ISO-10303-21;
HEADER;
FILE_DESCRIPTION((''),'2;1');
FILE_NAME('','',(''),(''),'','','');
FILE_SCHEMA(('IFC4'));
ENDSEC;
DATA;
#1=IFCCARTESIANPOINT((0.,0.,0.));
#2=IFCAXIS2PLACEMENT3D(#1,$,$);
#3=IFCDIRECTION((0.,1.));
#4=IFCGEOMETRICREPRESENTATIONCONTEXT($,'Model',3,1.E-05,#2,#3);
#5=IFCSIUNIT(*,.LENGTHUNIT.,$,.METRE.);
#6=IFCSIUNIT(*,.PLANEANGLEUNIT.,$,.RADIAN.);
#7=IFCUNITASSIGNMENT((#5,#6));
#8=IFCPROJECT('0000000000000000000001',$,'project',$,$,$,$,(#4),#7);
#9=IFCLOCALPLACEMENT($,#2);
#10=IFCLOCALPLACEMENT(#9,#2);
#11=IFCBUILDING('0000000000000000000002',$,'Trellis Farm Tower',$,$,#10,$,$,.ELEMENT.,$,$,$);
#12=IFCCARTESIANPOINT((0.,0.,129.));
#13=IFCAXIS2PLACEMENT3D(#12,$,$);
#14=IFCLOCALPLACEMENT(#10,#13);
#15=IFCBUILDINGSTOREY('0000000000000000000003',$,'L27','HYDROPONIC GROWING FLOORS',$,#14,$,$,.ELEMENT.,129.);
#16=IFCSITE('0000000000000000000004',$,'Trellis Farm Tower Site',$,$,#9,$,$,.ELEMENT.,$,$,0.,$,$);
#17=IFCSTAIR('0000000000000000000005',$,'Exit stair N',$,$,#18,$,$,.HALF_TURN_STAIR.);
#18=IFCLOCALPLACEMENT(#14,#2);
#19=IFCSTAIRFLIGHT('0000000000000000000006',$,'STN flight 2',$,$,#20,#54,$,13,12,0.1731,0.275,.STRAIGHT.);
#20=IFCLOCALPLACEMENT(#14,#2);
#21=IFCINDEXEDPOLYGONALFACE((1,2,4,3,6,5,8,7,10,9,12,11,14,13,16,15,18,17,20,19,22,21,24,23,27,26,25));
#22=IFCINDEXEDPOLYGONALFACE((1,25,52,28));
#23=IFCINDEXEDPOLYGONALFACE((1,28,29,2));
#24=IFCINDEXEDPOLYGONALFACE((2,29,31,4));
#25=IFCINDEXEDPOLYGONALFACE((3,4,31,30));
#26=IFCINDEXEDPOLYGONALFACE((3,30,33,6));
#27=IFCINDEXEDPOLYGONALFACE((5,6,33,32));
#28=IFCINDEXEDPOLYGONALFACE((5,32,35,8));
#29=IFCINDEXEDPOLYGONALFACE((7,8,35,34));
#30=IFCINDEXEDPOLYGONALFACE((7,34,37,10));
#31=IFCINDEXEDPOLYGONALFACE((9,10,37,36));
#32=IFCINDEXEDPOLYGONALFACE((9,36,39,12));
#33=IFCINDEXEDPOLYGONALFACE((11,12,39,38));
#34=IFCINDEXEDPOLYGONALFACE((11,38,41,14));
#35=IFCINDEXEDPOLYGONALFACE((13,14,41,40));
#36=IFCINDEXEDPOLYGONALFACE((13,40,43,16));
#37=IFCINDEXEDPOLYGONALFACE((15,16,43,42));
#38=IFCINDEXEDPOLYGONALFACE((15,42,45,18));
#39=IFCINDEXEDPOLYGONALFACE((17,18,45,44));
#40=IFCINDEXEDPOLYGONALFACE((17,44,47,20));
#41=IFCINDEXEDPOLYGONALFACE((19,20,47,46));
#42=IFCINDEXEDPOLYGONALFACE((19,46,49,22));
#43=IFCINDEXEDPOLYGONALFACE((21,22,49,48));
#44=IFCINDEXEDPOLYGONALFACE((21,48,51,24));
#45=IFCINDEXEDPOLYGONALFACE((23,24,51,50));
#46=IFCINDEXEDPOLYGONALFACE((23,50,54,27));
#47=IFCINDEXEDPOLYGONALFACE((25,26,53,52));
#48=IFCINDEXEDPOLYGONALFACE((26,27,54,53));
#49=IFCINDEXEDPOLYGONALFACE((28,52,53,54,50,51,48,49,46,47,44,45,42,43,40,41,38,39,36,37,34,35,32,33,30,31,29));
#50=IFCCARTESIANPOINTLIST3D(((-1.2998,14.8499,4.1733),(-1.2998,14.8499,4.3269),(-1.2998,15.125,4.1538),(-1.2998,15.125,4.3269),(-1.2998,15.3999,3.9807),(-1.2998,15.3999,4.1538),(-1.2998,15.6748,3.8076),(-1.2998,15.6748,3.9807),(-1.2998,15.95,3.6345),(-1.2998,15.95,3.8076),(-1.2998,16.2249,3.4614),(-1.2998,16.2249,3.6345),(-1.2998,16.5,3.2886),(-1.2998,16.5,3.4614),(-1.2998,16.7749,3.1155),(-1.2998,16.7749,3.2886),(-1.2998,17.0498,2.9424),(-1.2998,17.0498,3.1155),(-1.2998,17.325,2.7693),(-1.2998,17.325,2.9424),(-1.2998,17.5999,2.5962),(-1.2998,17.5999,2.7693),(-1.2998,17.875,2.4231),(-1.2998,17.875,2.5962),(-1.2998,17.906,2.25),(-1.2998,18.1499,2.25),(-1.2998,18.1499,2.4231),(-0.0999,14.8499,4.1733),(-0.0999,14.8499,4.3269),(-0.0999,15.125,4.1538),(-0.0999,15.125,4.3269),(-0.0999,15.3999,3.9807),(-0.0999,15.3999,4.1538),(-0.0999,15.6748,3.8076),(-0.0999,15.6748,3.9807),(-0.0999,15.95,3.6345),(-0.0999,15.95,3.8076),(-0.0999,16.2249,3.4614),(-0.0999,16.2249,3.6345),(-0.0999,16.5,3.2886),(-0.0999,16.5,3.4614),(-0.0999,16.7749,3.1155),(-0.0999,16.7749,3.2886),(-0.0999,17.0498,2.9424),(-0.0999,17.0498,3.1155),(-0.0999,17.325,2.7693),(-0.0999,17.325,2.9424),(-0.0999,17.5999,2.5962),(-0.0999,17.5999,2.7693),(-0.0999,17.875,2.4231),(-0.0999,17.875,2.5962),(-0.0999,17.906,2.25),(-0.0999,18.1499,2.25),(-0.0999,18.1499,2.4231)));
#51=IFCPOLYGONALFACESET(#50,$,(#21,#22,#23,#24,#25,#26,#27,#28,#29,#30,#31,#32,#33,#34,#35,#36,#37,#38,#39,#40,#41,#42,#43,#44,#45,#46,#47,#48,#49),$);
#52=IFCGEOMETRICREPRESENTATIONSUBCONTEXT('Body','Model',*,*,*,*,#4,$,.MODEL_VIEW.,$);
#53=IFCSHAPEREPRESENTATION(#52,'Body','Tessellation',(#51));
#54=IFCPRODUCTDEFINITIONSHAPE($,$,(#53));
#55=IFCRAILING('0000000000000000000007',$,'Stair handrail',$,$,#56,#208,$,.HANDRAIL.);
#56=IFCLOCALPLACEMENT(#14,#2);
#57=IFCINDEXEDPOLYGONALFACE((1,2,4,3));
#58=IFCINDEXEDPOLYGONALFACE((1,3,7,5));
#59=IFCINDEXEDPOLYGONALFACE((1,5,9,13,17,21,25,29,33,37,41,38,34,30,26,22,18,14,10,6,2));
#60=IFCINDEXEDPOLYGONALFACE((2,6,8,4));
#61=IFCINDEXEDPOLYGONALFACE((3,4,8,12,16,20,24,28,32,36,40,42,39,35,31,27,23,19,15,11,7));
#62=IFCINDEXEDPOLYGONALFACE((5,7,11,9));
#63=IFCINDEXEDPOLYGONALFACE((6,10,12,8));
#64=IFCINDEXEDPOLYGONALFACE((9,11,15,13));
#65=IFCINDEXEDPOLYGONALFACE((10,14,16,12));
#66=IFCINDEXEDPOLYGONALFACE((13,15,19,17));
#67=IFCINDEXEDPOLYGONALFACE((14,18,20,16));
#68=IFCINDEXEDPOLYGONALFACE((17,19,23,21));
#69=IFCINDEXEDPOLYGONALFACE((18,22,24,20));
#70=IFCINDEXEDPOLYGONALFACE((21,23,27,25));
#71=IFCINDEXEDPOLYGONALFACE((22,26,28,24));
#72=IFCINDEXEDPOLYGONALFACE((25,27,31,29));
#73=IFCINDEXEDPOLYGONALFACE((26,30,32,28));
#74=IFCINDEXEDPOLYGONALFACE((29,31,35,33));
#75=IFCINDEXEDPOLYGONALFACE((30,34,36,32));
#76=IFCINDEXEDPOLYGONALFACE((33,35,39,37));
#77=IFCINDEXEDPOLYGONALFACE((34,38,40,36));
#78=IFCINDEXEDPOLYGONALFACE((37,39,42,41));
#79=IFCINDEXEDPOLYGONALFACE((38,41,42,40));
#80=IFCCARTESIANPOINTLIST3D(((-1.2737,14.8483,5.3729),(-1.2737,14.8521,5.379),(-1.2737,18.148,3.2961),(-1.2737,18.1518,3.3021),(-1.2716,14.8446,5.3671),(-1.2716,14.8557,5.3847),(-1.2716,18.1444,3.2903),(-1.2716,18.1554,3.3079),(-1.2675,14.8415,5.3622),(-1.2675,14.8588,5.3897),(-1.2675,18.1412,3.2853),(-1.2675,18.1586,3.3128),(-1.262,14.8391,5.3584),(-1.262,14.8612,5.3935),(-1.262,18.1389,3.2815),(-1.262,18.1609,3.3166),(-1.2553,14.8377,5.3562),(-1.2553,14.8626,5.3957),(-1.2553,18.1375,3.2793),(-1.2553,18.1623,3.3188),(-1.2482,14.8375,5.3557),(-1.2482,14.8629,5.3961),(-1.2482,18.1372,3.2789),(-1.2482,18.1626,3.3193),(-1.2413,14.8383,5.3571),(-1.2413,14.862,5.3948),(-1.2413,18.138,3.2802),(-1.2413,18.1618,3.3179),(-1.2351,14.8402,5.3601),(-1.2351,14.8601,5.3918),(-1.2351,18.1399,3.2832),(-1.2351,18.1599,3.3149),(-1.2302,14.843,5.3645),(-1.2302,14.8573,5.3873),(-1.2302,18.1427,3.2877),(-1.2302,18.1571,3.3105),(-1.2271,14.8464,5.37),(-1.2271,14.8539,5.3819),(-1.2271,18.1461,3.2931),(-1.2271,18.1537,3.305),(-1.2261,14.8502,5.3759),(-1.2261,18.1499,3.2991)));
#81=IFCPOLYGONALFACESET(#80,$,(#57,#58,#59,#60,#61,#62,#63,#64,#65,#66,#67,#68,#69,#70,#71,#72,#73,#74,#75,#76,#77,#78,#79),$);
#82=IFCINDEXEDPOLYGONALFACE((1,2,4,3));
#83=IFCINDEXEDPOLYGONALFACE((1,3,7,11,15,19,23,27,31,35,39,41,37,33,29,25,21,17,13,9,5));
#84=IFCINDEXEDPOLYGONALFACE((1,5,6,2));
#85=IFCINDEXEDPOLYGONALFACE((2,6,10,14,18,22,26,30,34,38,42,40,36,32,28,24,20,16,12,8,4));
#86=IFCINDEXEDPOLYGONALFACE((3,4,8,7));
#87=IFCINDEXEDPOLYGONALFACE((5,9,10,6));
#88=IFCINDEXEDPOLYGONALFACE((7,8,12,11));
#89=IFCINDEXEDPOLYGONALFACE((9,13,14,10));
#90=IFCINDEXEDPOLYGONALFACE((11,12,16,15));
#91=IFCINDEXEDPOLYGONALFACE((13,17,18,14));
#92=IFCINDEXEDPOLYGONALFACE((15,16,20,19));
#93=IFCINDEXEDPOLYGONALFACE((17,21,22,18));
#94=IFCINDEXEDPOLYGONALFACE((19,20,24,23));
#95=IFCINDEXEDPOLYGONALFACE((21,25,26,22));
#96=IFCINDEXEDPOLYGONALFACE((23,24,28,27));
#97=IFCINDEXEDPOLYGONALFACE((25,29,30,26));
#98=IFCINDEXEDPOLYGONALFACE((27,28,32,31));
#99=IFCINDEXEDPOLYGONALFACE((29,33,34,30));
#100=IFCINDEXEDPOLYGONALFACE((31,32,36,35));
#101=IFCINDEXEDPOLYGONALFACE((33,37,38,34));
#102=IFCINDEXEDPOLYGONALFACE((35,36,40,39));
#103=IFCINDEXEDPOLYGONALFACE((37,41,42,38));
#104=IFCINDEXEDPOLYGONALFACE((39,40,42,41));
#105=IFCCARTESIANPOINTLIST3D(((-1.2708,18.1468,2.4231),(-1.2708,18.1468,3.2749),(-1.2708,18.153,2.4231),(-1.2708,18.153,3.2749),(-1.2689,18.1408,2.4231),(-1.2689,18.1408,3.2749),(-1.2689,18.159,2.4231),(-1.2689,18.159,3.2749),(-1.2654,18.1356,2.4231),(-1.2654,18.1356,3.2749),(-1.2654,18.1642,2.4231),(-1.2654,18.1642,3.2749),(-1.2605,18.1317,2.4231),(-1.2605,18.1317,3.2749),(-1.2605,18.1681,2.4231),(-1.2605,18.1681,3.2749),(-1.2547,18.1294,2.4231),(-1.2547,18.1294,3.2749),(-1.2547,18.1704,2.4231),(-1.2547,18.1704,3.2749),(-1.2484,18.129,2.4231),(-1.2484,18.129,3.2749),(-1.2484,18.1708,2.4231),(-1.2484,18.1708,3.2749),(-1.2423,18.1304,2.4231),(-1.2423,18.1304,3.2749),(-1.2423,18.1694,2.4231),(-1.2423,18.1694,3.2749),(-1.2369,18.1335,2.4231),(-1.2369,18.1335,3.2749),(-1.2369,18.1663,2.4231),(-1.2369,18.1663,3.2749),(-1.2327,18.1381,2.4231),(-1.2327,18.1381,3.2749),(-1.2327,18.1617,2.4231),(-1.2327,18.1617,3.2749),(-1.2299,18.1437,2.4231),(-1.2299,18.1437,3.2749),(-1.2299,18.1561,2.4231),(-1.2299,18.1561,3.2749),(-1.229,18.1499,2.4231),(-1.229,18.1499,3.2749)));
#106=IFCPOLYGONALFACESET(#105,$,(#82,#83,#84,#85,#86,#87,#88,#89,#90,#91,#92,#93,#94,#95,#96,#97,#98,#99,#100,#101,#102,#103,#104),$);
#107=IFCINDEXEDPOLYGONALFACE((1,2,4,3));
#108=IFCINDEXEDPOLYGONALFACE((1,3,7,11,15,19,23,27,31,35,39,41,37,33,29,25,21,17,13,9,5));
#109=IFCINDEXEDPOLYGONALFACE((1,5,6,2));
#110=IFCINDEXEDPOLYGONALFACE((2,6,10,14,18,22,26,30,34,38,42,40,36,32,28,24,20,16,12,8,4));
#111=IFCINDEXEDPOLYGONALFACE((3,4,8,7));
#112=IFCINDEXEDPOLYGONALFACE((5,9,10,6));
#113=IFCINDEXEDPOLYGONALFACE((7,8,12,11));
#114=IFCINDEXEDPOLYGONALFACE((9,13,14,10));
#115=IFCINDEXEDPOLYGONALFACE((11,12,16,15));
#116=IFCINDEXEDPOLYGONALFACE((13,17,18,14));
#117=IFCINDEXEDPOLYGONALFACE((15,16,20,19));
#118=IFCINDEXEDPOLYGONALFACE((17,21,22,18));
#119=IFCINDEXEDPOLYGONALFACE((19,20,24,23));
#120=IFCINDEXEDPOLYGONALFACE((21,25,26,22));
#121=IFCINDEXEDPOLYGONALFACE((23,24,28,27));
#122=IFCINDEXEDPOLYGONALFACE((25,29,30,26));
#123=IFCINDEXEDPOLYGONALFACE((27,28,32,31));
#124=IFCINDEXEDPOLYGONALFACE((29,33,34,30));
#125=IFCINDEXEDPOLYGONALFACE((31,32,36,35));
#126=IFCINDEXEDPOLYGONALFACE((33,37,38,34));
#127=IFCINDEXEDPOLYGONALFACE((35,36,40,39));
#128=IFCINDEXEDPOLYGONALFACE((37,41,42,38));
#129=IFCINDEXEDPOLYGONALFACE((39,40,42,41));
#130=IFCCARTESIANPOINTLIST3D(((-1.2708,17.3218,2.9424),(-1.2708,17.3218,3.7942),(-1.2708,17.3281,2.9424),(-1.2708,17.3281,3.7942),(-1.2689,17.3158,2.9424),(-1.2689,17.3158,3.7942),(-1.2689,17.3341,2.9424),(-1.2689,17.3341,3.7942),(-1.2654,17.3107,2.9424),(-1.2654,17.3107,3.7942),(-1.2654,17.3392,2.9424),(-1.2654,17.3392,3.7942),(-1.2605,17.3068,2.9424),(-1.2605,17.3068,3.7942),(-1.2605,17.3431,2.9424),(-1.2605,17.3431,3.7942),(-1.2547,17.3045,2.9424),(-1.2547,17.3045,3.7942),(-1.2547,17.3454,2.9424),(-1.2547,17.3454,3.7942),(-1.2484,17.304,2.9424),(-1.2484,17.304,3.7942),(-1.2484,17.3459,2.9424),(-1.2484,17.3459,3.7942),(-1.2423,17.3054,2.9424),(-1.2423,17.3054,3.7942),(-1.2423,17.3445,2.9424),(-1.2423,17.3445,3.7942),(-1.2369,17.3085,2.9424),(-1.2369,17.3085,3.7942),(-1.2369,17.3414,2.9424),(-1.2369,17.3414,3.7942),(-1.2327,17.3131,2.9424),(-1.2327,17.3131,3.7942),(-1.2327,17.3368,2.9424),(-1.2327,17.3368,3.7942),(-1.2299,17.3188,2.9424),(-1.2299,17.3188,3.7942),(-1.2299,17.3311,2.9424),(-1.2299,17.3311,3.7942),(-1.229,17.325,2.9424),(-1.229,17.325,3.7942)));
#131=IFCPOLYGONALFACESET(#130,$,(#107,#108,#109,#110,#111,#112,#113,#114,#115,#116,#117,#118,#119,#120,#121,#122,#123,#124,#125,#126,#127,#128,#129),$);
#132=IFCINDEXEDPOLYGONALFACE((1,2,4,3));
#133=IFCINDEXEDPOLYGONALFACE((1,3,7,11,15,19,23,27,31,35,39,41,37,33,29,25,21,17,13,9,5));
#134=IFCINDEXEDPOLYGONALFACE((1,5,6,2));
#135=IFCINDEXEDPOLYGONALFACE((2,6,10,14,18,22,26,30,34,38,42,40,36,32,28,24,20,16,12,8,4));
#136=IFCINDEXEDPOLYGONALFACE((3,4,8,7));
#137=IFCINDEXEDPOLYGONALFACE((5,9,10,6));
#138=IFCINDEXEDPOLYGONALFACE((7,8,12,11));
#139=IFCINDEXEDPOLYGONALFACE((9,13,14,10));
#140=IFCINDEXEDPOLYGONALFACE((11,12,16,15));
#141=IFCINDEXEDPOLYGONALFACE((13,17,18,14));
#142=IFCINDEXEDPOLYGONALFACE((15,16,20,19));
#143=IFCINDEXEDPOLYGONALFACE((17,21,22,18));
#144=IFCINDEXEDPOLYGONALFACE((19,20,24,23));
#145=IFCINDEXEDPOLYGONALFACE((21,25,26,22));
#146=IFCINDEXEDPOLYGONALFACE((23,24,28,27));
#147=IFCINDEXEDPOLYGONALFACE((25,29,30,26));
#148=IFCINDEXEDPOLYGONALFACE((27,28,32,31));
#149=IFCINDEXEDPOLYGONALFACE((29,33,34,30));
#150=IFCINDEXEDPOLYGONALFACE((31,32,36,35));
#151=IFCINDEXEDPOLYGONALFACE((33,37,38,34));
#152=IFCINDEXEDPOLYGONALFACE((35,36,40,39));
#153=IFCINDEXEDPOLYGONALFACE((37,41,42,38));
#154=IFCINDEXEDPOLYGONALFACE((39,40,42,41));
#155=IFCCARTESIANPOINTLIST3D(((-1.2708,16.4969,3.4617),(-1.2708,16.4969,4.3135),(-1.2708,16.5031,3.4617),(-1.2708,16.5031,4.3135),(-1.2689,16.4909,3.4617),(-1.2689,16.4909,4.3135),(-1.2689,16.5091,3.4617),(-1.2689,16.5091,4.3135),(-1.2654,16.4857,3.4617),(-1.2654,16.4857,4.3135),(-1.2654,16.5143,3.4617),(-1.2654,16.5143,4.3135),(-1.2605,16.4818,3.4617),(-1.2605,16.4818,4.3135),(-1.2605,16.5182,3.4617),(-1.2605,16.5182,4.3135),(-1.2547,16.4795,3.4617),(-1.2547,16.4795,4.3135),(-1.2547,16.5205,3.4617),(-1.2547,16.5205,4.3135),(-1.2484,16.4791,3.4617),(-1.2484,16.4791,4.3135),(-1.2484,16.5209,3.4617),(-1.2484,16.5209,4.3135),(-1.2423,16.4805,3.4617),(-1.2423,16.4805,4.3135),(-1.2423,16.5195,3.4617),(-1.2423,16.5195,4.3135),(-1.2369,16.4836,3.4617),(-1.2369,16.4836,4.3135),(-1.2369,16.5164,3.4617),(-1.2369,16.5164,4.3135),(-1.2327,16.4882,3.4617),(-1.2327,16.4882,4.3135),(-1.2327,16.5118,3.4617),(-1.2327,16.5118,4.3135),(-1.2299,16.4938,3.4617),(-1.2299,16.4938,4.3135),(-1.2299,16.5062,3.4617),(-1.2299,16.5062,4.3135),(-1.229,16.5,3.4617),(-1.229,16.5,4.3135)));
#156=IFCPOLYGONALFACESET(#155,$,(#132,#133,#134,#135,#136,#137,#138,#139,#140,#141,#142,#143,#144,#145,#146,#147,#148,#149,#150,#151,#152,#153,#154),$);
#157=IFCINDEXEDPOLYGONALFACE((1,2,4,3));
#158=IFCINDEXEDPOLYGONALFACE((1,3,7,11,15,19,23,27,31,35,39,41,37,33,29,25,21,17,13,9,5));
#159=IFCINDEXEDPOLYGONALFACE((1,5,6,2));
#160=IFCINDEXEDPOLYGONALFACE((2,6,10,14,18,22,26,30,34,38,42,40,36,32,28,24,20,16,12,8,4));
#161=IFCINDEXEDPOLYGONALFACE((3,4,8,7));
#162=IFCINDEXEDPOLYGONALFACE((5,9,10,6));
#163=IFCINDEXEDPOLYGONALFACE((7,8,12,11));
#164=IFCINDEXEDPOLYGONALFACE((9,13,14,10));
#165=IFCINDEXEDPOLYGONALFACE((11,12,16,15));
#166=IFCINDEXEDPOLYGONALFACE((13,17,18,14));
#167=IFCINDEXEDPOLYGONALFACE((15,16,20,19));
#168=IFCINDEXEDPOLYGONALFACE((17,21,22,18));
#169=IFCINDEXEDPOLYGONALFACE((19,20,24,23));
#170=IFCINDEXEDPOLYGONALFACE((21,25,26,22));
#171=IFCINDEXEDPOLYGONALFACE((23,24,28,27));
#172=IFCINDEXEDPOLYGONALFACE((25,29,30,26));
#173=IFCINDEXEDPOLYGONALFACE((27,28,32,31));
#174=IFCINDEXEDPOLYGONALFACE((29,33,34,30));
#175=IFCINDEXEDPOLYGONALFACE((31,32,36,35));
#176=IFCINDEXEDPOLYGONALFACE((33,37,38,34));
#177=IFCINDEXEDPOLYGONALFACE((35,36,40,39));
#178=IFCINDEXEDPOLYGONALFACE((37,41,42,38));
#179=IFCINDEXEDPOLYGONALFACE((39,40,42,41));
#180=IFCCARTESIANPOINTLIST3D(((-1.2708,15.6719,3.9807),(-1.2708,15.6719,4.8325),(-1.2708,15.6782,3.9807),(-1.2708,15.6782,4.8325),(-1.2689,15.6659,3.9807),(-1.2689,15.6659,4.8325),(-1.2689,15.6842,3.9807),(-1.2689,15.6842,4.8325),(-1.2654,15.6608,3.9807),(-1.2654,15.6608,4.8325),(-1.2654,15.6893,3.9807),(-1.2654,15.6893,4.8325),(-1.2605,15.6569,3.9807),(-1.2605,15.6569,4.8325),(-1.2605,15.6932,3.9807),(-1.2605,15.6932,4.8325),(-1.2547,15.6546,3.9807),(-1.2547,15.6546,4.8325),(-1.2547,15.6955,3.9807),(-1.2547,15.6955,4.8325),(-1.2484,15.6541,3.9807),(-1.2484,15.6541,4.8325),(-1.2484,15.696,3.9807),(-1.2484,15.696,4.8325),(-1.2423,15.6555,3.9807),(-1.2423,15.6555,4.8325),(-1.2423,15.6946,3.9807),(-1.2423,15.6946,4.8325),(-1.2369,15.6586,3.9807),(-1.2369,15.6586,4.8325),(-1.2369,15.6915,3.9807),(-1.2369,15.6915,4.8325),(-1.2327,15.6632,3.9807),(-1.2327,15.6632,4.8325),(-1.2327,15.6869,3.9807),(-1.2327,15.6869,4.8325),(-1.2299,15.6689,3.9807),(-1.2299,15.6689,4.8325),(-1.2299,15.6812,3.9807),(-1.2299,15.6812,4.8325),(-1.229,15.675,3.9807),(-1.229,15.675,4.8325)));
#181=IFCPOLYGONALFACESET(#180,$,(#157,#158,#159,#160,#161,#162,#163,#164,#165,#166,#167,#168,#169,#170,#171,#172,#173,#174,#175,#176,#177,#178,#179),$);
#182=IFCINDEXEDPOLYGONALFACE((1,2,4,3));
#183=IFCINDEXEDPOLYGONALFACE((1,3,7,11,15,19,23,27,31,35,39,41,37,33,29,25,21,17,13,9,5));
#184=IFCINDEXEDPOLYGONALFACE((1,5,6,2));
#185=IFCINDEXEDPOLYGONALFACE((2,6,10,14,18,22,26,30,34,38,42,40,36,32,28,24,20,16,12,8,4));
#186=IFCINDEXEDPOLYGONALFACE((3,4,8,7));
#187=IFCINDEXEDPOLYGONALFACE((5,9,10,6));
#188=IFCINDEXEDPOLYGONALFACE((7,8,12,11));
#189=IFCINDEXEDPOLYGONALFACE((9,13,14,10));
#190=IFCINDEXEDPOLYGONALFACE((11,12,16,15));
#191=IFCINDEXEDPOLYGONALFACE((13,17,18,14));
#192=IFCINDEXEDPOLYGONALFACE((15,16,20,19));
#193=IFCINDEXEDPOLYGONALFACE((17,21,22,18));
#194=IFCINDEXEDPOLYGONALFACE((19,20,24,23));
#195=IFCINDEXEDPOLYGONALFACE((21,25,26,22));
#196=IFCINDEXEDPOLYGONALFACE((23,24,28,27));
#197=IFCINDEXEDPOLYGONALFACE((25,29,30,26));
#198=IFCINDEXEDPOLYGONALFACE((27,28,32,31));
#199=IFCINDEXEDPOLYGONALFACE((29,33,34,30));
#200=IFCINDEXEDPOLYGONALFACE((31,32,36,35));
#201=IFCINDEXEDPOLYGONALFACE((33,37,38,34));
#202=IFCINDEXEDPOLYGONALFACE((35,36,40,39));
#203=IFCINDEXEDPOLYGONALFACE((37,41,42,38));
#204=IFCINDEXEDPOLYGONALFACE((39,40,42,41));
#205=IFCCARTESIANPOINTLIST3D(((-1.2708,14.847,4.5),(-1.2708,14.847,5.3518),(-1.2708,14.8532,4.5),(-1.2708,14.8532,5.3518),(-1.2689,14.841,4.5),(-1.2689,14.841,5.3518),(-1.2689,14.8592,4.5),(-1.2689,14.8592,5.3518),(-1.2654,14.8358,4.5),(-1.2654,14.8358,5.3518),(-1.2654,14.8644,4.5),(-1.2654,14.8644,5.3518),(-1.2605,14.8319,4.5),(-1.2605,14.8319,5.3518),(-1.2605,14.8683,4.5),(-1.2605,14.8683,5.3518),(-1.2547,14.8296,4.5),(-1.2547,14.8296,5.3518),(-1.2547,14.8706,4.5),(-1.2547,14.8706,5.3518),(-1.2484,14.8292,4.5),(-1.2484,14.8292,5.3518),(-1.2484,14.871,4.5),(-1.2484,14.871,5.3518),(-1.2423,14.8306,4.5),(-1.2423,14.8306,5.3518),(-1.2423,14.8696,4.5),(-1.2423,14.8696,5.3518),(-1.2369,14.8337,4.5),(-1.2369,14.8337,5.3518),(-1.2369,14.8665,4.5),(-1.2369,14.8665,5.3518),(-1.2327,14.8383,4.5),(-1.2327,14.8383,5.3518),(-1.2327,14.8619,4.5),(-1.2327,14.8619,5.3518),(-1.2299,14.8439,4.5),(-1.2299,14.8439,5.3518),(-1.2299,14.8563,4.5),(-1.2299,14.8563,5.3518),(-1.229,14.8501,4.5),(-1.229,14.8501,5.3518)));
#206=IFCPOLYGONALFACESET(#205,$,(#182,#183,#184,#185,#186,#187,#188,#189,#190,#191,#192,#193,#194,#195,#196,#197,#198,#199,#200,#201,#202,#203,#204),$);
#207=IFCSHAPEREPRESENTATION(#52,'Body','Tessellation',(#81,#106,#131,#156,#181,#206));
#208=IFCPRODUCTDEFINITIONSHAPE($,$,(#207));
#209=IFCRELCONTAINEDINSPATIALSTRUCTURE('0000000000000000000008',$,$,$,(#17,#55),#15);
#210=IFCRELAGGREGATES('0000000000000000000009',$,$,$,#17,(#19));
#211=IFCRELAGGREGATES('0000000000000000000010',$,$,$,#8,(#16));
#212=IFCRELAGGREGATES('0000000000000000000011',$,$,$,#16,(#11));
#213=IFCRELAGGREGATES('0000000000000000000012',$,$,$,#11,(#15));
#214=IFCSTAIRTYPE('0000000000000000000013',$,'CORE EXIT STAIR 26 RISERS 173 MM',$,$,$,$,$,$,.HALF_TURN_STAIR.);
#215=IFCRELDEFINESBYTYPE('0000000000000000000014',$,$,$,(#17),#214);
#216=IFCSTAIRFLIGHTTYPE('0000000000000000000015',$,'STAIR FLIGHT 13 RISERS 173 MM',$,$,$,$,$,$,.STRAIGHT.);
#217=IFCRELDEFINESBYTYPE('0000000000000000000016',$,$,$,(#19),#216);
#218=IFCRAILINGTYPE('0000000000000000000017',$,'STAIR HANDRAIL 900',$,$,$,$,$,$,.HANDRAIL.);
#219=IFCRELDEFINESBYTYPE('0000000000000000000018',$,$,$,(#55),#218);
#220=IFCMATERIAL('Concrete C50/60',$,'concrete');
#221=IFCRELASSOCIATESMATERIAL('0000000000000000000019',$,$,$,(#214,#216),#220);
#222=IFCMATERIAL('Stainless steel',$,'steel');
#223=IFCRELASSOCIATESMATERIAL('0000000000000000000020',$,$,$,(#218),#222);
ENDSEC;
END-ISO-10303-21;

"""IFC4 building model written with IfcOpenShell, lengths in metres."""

from ifc_helpers import new_model, si_unit, direction, frame, origin, origin_2d, place, context, subcontext, project, spatial, polyline, circle, outline, extrude, source, transform, mapped, material, type_object, element, aggregate, save


model = new_model("IFC4")

# Units and contexts
model_context = context("Model", 3, precision=1e-05, world=origin(), true_north=direction((0.0, 1.0)))
body_context = subcontext(model_context, "Body", "Model", "MODEL_VIEW")
ifc_project = project(units=[si_unit("LENGTHUNIT", "METRE"), si_unit("PLANEANGLEUNIT", "RADIAN")], contexts=[model_context])

# Site, building, storey
site_placement = place(None, origin())
site = spatial("IfcSite", under=ifc_project, at=site_placement, Name="Trellis Farm Tower Site", CompositionType="ELEMENT", RefElevation=0.0)
building_placement = place(site_placement, origin())
building = spatial("IfcBuilding", under=site, at=building_placement, Name="Trellis Farm Tower", CompositionType="ELEMENT")
storey_placement = place(building_placement, frame((0.0, 0.0, 129.0)))
storey = spatial("IfcBuildingStorey", under=building, at=storey_placement, Name="L27", Description="HYDROPONIC GROWING FLOORS", CompositionType="ELEMENT", Elevation=129.0)

# Shared definitions
placement = place(storey_placement, origin())

# Stair, stair flight
ifc_material_1 = material(Name="Concrete C50/60", Category="concrete")
stair_type = type_object("IfcStairType", Name="CORE EXIT STAIR 26 RISERS 173 MM", PredefinedType="HALF_TURN_STAIR", material=ifc_material_1)
stair = element("IfcStair", 1, at=placement, inside=storey, type_object=stair_type, Name="Exit stair N", PredefinedType="HALF_TURN_STAIR")
stair_flight_type = type_object("IfcStairFlightType", Name="STAIR FLIGHT 13 RISERS 173 MM", PredefinedType="STRAIGHT", material=ifc_material_1)
shared_shape_1 = source(origin(), body_context, "Body", "SweptSolid", [
    extrude(outline(polyline([(0.0, 0.0), (0.0, 0.1731), (0.2749, 0.1731), (0.2749, 0.3462), (0.55, 0.3462), (0.55, 0.5193), (0.825, 0.5193), (0.825, 0.6924), (1.1001, 0.6924), (1.1001, 0.8655), (1.375, 0.8655), (1.375, 1.0386), (1.6499, 1.0386), (1.6499, 1.2114), (1.925, 1.2114), (1.925, 1.3845), (2.2, 1.3845), (2.2, 1.5576), (2.4751, 1.5576), (2.4751, 1.7307), (2.75, 1.7307), (2.75, 1.9038), (3.0249, 1.9038), (3.0249, 2.0769), (3.3, 2.0769), (3.3, 2.25), (3.3, 1.9233), (0.2439, 0.0), (0.0, 0.0)])), frame((0.0, 0.6001, 0.0), z_axis=(0.0, -1.0, 0.0), x_axis=(1.0, 0.0, 0.0)), (0.0, 0.0, 1.0), 1.2),
])
stair_flight_placement = place(storey_placement, frame((-0.7, 18.1499, 2.25), z_axis=(0.0, 0.0, 1.0), x_axis=(0.0, -1.0, 0.0)))
stair_flight = element("IfcStairFlight", 2, at=stair_flight_placement, type_object=stair_flight_type, Name="STN flight 2", NumberOfRisers=13, NumberOfTreads=12, PredefinedType="STRAIGHT", RiserHeight=0.1731, TreadLength=0.275, context=body_context, shape_type="MappedRepresentation", body=[
    mapped(shared_shape_1, transform((0.0, 0.0, 0.0))),
])
aggregate(stair, [stair_flight])

# Railing
ifc_material_2 = material(Name="Stainless steel", Category="steel")
railing_type = type_object("IfcRailingType", Name="STAIR HANDRAIL 900", PredefinedType="HANDRAIL", material=ifc_material_2)
shared_shape_2 = source(origin(), body_context, "Body", "SweptSolid", [
    extrude(circle(Radius=0.0239, at=origin_2d()), frame((0.0, 0.0, 0.876), z_axis=(0.0, -0.84632, 0.532675), x_axis=(1.0, 0.0, 0.0)), (0.0, 0.0, 1.0), 3.8989),
    extrude(circle(Radius=0.021, at=origin_2d()), origin(), (0.0, 0.0, 1.0), 0.8518),
    extrude(circle(Radius=0.021, at=origin_2d()), frame((0.0, -0.825, 0.5193)), (0.0, 0.0, 1.0), 0.8518),
    extrude(circle(Radius=0.021, at=origin_2d()), frame((0.0, -1.6499, 1.0386)), (0.0, 0.0, 1.0), 0.8518),
    extrude(circle(Radius=0.021, at=origin_2d()), frame((0.0, -2.4749, 1.5576)), (0.0, 0.0, 1.0), 0.8518),
    extrude(circle(Radius=0.021, at=origin_2d()), frame((0.0, -3.2998, 2.0769)), (0.0, 0.0, 1.0), 0.8518),
])
railing_placement = place(storey_placement, frame((-1.25, 18.1499, 2.4231)))
element("IfcRailing", 3, at=railing_placement, inside=storey, type_object=railing_type, Name="Stair handrail", PredefinedType="HANDRAIL", context=body_context, shape_type="MappedRepresentation", body=[
    mapped(shared_shape_2, transform((0.0, 0.0, 0.0))),
])

save(model, "model.ifc")
